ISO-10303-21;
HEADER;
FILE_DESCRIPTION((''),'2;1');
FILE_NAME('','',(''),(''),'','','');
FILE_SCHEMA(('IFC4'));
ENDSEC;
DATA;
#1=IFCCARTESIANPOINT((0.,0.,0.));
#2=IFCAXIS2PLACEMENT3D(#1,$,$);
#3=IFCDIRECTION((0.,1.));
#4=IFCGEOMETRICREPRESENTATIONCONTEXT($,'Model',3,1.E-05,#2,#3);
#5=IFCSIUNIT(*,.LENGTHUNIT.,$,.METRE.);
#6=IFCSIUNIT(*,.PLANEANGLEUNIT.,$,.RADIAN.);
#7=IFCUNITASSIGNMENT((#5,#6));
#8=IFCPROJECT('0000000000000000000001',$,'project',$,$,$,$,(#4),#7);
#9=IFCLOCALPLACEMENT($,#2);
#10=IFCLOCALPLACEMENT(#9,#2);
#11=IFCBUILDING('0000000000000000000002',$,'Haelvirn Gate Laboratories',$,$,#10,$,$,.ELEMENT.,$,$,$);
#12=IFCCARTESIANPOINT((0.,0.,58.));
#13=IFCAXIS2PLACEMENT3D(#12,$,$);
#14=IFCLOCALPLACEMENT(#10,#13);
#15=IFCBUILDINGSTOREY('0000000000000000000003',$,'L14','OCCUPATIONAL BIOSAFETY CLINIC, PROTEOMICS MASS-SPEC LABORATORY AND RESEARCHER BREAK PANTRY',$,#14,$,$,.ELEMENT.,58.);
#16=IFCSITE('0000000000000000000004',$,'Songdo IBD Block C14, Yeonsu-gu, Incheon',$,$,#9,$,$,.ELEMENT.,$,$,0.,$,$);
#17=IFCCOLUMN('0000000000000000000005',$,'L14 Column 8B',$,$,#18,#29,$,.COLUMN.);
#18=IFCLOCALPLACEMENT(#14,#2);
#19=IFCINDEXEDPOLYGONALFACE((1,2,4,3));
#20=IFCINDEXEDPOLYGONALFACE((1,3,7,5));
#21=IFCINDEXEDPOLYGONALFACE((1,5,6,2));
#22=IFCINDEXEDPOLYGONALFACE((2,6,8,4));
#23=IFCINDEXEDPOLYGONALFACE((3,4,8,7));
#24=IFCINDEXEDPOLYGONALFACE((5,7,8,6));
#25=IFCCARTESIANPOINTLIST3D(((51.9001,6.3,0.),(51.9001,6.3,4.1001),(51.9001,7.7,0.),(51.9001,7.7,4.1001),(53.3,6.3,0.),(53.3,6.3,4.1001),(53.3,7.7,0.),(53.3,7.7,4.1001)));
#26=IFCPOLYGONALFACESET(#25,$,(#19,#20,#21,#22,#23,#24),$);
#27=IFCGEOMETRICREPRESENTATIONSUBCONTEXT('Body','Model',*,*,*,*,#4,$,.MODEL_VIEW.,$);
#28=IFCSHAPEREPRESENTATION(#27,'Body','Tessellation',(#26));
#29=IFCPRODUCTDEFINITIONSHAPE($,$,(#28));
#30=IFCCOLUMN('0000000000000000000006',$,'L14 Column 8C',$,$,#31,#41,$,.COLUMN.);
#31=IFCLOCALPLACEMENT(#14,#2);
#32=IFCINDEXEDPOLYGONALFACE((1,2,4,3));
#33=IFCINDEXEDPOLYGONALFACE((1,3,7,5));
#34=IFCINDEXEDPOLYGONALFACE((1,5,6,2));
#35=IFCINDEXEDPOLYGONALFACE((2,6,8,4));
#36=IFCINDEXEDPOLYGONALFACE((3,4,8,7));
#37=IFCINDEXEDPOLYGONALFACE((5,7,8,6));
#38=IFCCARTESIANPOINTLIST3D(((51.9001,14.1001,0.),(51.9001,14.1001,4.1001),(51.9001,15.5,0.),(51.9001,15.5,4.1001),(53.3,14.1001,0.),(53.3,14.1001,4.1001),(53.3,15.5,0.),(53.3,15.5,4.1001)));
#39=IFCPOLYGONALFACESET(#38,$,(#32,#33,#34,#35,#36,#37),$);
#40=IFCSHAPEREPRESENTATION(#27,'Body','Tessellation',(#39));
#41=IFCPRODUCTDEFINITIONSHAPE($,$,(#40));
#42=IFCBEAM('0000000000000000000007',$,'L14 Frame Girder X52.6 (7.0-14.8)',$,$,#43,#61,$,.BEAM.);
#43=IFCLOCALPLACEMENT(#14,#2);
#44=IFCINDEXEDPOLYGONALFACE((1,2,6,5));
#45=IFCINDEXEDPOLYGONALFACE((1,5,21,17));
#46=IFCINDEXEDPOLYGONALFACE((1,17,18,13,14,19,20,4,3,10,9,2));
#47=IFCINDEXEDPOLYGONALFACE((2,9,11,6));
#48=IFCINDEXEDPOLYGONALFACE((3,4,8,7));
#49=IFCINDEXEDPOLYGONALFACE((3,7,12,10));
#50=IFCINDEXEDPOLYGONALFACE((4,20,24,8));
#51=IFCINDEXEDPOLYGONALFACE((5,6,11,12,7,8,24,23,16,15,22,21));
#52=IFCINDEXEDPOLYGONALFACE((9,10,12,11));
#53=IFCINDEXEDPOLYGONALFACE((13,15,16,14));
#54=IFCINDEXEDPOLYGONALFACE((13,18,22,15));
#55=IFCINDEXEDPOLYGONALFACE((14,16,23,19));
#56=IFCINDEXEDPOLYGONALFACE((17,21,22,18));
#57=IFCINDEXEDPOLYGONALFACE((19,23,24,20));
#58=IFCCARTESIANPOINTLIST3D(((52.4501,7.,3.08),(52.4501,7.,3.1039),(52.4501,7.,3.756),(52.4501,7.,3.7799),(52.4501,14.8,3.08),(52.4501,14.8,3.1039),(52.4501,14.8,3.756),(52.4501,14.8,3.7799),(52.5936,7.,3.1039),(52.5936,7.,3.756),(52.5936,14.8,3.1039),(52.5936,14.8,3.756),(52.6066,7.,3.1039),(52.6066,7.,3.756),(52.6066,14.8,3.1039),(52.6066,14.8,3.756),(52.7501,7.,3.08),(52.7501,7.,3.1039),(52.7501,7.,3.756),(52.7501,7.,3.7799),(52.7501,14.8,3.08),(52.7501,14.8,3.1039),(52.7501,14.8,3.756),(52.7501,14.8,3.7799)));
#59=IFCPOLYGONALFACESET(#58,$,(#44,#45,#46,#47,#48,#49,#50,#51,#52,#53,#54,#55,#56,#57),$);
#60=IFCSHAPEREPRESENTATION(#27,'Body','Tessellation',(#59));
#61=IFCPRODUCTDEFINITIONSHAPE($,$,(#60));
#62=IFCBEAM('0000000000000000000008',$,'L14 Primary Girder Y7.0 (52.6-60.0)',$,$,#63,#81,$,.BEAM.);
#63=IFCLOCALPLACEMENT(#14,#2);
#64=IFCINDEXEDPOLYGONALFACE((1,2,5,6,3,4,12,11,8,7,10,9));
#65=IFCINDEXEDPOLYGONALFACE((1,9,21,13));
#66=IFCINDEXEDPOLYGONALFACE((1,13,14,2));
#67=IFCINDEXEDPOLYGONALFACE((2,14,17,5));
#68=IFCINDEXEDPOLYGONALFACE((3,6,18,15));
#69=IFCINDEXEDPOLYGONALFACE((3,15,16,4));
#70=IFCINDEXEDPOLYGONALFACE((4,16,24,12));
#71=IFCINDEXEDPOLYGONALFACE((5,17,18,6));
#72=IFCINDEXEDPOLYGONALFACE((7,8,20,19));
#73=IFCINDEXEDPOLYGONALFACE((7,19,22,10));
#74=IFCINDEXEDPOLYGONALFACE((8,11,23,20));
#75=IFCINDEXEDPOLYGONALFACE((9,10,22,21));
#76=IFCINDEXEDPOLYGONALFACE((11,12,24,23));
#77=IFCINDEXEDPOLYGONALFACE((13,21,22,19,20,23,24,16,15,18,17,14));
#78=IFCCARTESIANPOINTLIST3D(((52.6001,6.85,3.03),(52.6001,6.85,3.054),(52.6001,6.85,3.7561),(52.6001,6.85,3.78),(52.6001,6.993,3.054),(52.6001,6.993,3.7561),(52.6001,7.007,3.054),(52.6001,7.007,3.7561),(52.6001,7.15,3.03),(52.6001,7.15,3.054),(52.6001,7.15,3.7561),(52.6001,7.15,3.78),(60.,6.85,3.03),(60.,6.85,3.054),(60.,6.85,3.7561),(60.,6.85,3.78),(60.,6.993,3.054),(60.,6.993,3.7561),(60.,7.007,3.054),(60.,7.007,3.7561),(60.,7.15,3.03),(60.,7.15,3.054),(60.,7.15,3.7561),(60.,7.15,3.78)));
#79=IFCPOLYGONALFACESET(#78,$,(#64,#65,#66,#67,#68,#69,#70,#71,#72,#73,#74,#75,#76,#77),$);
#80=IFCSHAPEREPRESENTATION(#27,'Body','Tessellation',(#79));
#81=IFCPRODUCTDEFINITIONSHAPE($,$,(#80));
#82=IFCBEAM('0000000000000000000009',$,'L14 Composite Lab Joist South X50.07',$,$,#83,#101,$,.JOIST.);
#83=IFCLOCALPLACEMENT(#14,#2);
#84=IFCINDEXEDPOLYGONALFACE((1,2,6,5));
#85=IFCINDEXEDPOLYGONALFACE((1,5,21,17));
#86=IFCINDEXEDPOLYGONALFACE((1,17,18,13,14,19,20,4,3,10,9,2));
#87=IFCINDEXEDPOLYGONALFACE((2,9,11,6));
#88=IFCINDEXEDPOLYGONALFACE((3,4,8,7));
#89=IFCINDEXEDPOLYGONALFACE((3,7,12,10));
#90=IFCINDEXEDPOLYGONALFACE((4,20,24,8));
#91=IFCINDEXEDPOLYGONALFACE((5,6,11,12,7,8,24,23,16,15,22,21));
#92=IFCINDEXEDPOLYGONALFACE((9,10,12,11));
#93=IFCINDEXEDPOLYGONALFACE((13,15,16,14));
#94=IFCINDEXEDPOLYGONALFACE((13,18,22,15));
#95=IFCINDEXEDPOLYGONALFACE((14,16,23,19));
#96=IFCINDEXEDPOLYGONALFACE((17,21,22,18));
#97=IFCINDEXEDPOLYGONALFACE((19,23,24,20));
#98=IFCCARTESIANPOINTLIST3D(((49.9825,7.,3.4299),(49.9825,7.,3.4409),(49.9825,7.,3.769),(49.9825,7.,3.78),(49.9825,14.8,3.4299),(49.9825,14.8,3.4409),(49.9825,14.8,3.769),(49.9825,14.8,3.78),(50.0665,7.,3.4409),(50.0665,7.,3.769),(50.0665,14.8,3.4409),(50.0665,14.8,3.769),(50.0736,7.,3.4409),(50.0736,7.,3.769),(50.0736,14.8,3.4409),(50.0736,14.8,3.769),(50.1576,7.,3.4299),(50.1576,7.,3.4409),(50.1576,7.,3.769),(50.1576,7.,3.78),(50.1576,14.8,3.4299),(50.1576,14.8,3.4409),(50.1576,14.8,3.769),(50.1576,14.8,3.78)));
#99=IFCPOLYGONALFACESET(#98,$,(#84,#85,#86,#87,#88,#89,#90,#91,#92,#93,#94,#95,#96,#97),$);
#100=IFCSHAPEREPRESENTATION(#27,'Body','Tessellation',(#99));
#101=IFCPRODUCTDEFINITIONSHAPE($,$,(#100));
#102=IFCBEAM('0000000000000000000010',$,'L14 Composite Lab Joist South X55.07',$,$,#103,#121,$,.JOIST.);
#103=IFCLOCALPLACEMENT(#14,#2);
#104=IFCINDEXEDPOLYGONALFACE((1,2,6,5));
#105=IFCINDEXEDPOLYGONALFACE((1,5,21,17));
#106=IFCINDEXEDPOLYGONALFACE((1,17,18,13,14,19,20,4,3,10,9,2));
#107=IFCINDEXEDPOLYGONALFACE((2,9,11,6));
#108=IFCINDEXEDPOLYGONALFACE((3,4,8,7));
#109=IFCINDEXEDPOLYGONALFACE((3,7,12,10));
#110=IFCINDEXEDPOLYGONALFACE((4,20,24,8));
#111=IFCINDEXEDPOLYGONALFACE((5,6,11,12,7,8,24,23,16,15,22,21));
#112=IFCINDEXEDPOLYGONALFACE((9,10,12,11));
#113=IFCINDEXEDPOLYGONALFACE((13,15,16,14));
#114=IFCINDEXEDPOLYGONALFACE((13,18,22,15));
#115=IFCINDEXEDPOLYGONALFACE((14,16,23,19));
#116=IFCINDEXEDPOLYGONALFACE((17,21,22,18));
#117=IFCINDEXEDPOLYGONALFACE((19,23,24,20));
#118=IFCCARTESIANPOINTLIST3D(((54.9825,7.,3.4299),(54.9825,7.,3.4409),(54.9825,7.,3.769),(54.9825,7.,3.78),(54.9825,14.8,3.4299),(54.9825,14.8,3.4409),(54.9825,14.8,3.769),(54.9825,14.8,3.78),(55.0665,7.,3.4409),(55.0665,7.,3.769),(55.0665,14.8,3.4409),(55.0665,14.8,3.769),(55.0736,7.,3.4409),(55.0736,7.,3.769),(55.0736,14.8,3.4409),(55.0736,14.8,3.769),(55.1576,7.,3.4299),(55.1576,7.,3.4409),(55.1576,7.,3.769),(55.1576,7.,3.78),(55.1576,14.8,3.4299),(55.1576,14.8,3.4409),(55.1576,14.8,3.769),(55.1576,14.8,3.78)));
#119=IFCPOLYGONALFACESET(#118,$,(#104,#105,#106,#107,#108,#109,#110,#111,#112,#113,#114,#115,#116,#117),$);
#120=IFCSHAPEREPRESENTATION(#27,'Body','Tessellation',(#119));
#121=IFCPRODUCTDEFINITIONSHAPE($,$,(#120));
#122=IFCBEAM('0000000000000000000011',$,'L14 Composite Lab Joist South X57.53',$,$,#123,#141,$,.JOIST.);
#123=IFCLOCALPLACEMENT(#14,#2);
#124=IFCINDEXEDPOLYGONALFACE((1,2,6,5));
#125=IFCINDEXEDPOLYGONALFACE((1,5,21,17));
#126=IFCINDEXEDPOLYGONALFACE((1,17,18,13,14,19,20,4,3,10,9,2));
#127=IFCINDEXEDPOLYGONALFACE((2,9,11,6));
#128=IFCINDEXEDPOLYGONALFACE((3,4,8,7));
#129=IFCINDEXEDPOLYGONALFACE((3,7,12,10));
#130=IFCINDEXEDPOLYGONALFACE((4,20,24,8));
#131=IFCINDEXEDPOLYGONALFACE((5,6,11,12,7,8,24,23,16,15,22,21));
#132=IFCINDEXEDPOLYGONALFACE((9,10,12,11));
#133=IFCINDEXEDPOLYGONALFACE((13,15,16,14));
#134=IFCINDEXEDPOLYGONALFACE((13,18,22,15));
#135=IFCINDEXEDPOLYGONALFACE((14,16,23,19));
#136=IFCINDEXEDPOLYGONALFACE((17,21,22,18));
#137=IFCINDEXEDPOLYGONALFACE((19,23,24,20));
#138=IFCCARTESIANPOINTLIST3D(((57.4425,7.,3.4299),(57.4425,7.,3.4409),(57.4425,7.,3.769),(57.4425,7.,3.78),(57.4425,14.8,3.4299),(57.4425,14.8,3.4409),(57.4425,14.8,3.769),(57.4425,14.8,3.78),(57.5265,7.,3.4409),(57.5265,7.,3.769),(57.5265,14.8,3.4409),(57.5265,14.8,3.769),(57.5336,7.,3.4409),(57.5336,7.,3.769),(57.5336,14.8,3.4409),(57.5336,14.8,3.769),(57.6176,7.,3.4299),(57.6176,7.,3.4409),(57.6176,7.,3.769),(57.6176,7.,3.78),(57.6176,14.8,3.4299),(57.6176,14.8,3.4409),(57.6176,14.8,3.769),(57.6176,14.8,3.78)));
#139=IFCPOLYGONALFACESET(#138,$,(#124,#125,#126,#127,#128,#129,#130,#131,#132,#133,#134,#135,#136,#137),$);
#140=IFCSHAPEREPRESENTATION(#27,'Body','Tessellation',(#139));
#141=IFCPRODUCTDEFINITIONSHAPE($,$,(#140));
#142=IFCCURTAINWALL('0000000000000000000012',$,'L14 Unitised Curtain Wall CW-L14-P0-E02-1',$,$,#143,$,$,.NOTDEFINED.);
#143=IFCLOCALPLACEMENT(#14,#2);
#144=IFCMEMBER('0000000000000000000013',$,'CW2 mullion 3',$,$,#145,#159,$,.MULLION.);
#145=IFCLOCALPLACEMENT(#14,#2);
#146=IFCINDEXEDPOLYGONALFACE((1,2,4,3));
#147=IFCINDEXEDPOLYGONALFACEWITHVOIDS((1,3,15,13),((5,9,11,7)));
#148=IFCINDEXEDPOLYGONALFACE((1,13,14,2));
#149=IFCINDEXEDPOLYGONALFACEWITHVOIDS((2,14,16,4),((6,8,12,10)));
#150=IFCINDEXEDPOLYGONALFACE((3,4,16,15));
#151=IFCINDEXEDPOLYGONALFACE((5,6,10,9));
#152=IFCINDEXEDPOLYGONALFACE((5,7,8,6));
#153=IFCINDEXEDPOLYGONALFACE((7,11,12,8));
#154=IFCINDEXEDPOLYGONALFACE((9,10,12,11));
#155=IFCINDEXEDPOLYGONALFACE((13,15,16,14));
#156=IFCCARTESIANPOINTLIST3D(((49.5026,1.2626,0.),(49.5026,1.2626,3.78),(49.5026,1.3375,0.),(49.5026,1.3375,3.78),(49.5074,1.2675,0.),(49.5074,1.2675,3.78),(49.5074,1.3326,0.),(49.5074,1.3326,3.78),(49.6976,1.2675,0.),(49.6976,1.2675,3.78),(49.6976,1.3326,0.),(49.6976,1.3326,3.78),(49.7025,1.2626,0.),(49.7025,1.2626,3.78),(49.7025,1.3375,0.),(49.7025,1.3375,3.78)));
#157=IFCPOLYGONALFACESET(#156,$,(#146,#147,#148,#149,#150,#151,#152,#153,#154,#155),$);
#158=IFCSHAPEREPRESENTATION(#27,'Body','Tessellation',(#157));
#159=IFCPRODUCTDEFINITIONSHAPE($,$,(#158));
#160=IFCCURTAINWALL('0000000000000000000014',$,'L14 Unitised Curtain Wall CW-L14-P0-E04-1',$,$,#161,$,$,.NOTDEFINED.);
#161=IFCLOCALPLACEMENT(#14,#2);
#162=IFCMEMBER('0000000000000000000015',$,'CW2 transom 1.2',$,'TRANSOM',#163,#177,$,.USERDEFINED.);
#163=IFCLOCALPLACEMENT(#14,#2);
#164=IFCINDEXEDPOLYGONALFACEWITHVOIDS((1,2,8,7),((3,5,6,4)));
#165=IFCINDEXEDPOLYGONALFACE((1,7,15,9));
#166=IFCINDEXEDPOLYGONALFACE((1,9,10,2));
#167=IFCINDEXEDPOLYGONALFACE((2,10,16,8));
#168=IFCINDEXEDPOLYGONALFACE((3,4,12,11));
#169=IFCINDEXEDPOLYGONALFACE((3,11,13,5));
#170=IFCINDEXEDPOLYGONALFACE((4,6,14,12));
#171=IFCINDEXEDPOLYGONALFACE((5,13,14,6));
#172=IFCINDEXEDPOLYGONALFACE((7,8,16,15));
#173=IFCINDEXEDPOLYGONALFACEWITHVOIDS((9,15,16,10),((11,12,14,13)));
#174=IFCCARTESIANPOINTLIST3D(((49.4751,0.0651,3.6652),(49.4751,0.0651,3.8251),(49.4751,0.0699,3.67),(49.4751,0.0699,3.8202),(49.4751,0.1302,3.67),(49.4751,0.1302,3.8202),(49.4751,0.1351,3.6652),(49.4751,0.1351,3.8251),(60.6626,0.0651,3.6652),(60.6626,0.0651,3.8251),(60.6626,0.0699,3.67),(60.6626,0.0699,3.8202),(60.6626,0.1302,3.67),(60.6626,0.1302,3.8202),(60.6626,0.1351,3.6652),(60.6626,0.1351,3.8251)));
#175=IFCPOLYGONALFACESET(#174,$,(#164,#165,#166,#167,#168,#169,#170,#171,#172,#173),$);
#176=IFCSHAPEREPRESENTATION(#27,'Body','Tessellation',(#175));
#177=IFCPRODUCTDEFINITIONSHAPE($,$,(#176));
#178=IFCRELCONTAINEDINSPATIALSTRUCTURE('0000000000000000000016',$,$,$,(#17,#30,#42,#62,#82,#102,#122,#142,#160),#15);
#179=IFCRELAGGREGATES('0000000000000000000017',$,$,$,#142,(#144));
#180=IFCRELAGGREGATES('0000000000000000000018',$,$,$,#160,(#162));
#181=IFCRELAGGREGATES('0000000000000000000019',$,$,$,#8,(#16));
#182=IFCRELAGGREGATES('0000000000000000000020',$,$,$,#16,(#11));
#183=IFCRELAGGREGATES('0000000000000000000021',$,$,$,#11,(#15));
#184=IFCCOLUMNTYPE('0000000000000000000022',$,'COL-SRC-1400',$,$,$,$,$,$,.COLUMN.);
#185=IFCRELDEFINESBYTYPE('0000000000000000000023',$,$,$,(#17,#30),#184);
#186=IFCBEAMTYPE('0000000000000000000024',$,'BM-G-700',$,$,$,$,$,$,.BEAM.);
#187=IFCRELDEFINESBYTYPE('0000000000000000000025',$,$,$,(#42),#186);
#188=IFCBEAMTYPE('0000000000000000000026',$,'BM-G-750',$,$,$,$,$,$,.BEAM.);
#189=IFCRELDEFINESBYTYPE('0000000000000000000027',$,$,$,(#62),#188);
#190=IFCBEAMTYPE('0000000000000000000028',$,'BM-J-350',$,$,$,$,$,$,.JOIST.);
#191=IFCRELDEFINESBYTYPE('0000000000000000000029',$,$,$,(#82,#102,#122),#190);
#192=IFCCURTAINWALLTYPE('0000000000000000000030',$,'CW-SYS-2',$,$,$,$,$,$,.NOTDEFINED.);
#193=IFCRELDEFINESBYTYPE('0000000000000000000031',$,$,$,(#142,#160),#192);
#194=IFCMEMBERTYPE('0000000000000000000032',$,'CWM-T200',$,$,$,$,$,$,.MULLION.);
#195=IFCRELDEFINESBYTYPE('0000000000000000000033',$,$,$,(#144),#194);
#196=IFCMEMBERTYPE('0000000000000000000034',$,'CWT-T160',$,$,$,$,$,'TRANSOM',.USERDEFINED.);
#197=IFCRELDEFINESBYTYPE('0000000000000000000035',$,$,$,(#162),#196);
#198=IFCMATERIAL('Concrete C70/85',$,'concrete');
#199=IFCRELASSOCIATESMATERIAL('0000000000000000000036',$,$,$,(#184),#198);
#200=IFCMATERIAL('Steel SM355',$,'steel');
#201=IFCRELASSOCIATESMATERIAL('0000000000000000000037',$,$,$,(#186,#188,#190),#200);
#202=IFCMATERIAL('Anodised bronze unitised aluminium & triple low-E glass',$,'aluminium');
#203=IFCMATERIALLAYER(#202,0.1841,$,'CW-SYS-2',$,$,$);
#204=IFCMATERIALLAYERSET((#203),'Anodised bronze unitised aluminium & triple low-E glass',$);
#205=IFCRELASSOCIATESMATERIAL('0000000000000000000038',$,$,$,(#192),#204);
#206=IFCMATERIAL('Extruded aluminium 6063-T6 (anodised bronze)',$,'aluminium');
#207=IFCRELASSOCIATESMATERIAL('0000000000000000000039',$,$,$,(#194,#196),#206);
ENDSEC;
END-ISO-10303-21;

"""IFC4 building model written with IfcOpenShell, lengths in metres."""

from ifc_helpers import new_model, si_unit, direction, frame, origin, origin_2d, place, context, subcontext, project, spatial, rectangle, hollow_rectangle, i_section, extrude, source, transform, mapped, material, layer, layer_set, material_profile, profile_set, type_object, type_shapes, element, aggregate, save


model = new_model("IFC4")

# Units and contexts
model_context = context("Model", 3, precision=1e-05, world=origin(), true_north=direction((0.0, 1.0)))
body_context = subcontext(model_context, "Body", "Model", "MODEL_VIEW")
ifc_project = project(units=[si_unit("LENGTHUNIT", "METRE"), si_unit("PLANEANGLEUNIT", "RADIAN")], contexts=[model_context])

# Site, building, storey
site_placement = place(None, origin())
site = spatial("IfcSite", under=ifc_project, at=site_placement, Name="Songdo IBD Block C14, Yeonsu-gu, Incheon", CompositionType="ELEMENT", RefElevation=0.0)
building_placement = place(site_placement, origin())
building = spatial("IfcBuilding", under=site, at=building_placement, Name="Haelvirn Gate Laboratories", CompositionType="ELEMENT")
storey_placement = place(building_placement, frame((0.0, 0.0, 58.0)))
storey = spatial("IfcBuildingStorey", under=building, at=storey_placement, Name="L14", Description="OCCUPATIONAL BIOSAFETY CLINIC, PROTEOMICS MASS-SPEC LABORATORY AND RESEARCHER BREAK PANTRY", CompositionType="ELEMENT", Elevation=58.0)

# Columns
ifc_material_1 = material(Name="Concrete C70/85", Category="concrete")
ifc_material_profile_1 = material_profile(ifc_material_1, rectangle(XDim=1.3999, YDim=1.3999, at=origin_2d()), Name="SRC-1400x1400")
ifc_profile_set_1 = profile_set([ifc_material_profile_1], Name="Concrete C70/85")
column_type = type_object("IfcColumnType", Name="COL-SRC-1400", PredefinedType="COLUMN", material=ifc_profile_set_1)
shared_shape_1 = source(origin(), body_context, "Body", "SweptSolid", [
    extrude(rectangle(XDim=1.3999, YDim=1.3999, at=origin_2d()), origin(), (0.0, 0.0, 1.0), 4.1001),
])
type_shapes(column_type, [shared_shape_1])
for number, where, z_axis, x_axis, name in (
    (1, (52.6001, 7.0, 0.0), (0.0, 0.0, 1.0), (1.0, 0.0, 0.0), "L14 Column 8B"),
    (2, (52.6001, 14.8, 0.0), (0.0, 0.0, 1.0), (1.0, 0.0, 0.0), "L14 Column 8C"),
):
    element("IfcColumn", number, at=place(storey_placement, frame(where, z_axis=z_axis, x_axis=x_axis)), inside=storey, type_object=column_type, Name=name, PredefinedType="COLUMN", context=body_context, shape_type="MappedRepresentation", body=[
        mapped(shared_shape_1, transform((0.0, 0.0, 0.0), scale=1.0)),
    ])

# Beams
ifc_material_2 = material(Name="Steel SM355", Category="steel")
ifc_material_profile_2 = material_profile(ifc_material_2, i_section(OverallWidth=0.3, OverallDepth=0.7, WebThickness=0.0129, FlangeThickness=0.0239, at=origin_2d()), Name="H-700x300x13x24")
ifc_profile_set_2 = profile_set([ifc_material_profile_2], Name="Steel SM355")
beam_type_1 = type_object("IfcBeamType", Name="BM-G-700", PredefinedType="BEAM", material=ifc_profile_set_2)
shared_shape_2 = source(origin(), body_context, "Body", "SweptSolid", [
    extrude(i_section(OverallWidth=0.3, OverallDepth=0.7, WebThickness=0.0129, FlangeThickness=0.0239, at=origin_2d()), origin(), (0.0, 0.0, 1.0), 7.8),
])
type_shapes(beam_type_1, [shared_shape_2])
beam_1_placement = place(storey_placement, frame((52.6001, 7.0, 3.4299), z_axis=(0.0, 1.0, 0.0), x_axis=(-1.0, 0.0, 0.0)))
element("IfcBeam", 3, at=beam_1_placement, inside=storey, type_object=beam_type_1, Name="L14 Frame Girder X52.6 (7.0-14.8)", PredefinedType="BEAM", context=body_context, shape_type="MappedRepresentation", body=[
    mapped(shared_shape_2, transform((0.0, 0.0, 0.0), scale=1.0)),
])
ifc_material_profile_3 = material_profile(ifc_material_2, i_section(OverallWidth=0.3, OverallDepth=0.75, WebThickness=0.0139, FlangeThickness=0.0239, at=origin_2d()), Name="H-750x300x14x24")
ifc_profile_set_3 = profile_set([ifc_material_profile_3], Name="Steel SM355")
beam_type_2 = type_object("IfcBeamType", Name="BM-G-750", PredefinedType="BEAM", material=ifc_profile_set_3)
shared_shape_3 = source(origin(), body_context, "Body", "SweptSolid", [
    extrude(i_section(OverallWidth=0.3, OverallDepth=0.75, WebThickness=0.0139, FlangeThickness=0.0239, at=origin_2d()), origin(), (0.0, 0.0, 1.0), 7.3999),
])
type_shapes(beam_type_2, [shared_shape_3])
beam_2_placement = place(storey_placement, frame((52.6001, 7.0, 3.405), z_axis=(1.0, 0.0, 0.0), x_axis=(0.0, 1.0, 0.0)))
element("IfcBeam", 4, at=beam_2_placement, inside=storey, type_object=beam_type_2, Name="L14 Primary Girder Y7.0 (52.6-60.0)", PredefinedType="BEAM", context=body_context, shape_type="MappedRepresentation", body=[
    mapped(shared_shape_3, transform((0.0, 0.0, 0.0), scale=1.0)),
])
ifc_material_profile_4 = material_profile(ifc_material_2, i_section(OverallWidth=0.175, OverallDepth=0.3501, WebThickness=0.0071, FlangeThickness=0.011, at=origin_2d()), Name="H-350x175x7x11")
ifc_profile_set_4 = profile_set([ifc_material_profile_4], Name="Steel SM355")
beam_type_3 = type_object("IfcBeamType", Name="BM-J-350", PredefinedType="JOIST", material=ifc_profile_set_4)
shared_shape_4 = source(origin(), body_context, "Body", "SweptSolid", [
    extrude(i_section(OverallWidth=0.175, OverallDepth=0.3501, WebThickness=0.0071, FlangeThickness=0.011, at=origin_2d()), origin(), (0.0, 0.0, 1.0), 7.8),
])
type_shapes(beam_type_3, [shared_shape_4])
for number, where, z_axis, x_axis, name in (
    (5, (50.0701, 7.0, 3.605), (0.0, 1.0, 0.0), (-1.0, 0.0, 0.0), "L14 Composite Lab Joist South X50.07"),
    (6, (55.0701, 7.0, 3.605), (0.0, 1.0, 0.0), (-1.0, 0.0, 0.0), "L14 Composite Lab Joist South X55.07"),
    (7, (57.53, 7.0, 3.605), (0.0, 1.0, 0.0), (-1.0, 0.0, 0.0), "L14 Composite Lab Joist South X57.53"),
):
    element("IfcBeam", number, at=place(storey_placement, frame(where, z_axis=z_axis, x_axis=x_axis)), inside=storey, type_object=beam_type_3, Name=name, PredefinedType="JOIST", context=body_context, shape_type="MappedRepresentation", body=[
        mapped(shared_shape_4, transform((0.0, 0.0, 0.0), scale=1.0)),
    ])

# Curtain wall, member
ifc_material_3 = material(Name="Anodised bronze unitised aluminium & triple low-E glass", Category="aluminium")
ifc_layer_1 = layer(ifc_material_3, 0.1841, Name="CW-SYS-2")
ifc_layer_set_1 = layer_set([ifc_layer_1], Name="Anodised bronze unitised aluminium & triple low-E glass")
curtain_wall_type = type_object("IfcCurtainWallType", Name="CW-SYS-2", PredefinedType="NOTDEFINED", material=ifc_layer_set_1)
curtain_wall_1_placement = place(storey_placement, origin())
curtain_wall_1 = element("IfcCurtainWall", 8, at=curtain_wall_1_placement, inside=storey, type_object=curtain_wall_type, Name="L14 Unitised Curtain Wall CW-L14-P0-E02-1", PredefinedType="NOTDEFINED")
ifc_material_4 = material(Name="Extruded aluminium 6063-T6 (anodised bronze)", Category="aluminium")
ifc_material_profile_5 = material_profile(ifc_material_4, hollow_rectangle(XDim=0.075, YDim=0.2, WallThickness=0.0049, at=origin_2d()), Name="CWM-200x75x5")
ifc_profile_set_5 = profile_set([ifc_material_profile_5], Name="Extruded aluminium 6063-T6 (anodised bronze)")
member_type_1 = type_object("IfcMemberType", Name="CWM-T200", PredefinedType="MULLION", material=ifc_profile_set_5)
shared_shape_5 = source(origin(), body_context, "Body", "SweptSolid", [
    extrude(hollow_rectangle(XDim=0.075, YDim=0.2, WallThickness=0.0049, at=origin_2d()), origin(), (0.0, 0.0, 1.0), 3.78),
])
type_shapes(member_type_1, [shared_shape_5])
member_1_placement = place(storey_placement, frame((49.6025, 1.3, 0.0), z_axis=(0.0, 0.0, 1.0), x_axis=(0.0, 1.0, 0.0)))
member_1 = element("IfcMember", 9, at=member_1_placement, type_object=member_type_1, Name="CW2 mullion 3", PredefinedType="MULLION", context=body_context, shape_type="MappedRepresentation", body=[
    mapped(shared_shape_5, transform((0.0, 0.0, 0.0), scale=1.0)),
])
aggregate(curtain_wall_1, [member_1])

# Curtain wall, member
curtain_wall_2_placement = place(storey_placement, origin())
curtain_wall_2 = element("IfcCurtainWall", 10, at=curtain_wall_2_placement, inside=storey, type_object=curtain_wall_type, Name="L14 Unitised Curtain Wall CW-L14-P0-E04-1", PredefinedType="NOTDEFINED")
ifc_material_profile_6 = material_profile(ifc_material_4, hollow_rectangle(XDim=0.0701, YDim=0.1599, WallThickness=0.0049, at=origin_2d()), Name="CWT-160x70x5")
ifc_profile_set_6 = profile_set([ifc_material_profile_6], Name="Extruded aluminium 6063-T6 (anodised bronze)")
member_type_2 = type_object("IfcMemberType", Name="CWT-T160", ElementType="TRANSOM", PredefinedType="USERDEFINED", material=ifc_profile_set_6)
shared_shape_6 = source(origin(), body_context, "Body", "SweptSolid", [
    extrude(hollow_rectangle(XDim=0.0701, YDim=0.1599, WallThickness=0.0049, at=origin_2d()), origin(), (0.0, 0.0, 1.0), 11.1875),
])
type_shapes(member_type_2, [shared_shape_6])
member_2_placement = place(storey_placement, frame((49.4751, 0.1001, 3.7451), z_axis=(1.0, 0.0, 0.0), x_axis=(0.0, 1.0, 0.0)))
member_2 = element("IfcMember", 11, at=member_2_placement, type_object=member_type_2, Name="CW2 transom 1.2", ObjectType="TRANSOM", PredefinedType="USERDEFINED", context=body_context, shape_type="MappedRepresentation", body=[
    mapped(shared_shape_6, transform((0.0, 0.0, 0.0), scale=1.0)),
])
aggregate(curtain_wall_2, [member_2])

save(model, "model.ifc")
